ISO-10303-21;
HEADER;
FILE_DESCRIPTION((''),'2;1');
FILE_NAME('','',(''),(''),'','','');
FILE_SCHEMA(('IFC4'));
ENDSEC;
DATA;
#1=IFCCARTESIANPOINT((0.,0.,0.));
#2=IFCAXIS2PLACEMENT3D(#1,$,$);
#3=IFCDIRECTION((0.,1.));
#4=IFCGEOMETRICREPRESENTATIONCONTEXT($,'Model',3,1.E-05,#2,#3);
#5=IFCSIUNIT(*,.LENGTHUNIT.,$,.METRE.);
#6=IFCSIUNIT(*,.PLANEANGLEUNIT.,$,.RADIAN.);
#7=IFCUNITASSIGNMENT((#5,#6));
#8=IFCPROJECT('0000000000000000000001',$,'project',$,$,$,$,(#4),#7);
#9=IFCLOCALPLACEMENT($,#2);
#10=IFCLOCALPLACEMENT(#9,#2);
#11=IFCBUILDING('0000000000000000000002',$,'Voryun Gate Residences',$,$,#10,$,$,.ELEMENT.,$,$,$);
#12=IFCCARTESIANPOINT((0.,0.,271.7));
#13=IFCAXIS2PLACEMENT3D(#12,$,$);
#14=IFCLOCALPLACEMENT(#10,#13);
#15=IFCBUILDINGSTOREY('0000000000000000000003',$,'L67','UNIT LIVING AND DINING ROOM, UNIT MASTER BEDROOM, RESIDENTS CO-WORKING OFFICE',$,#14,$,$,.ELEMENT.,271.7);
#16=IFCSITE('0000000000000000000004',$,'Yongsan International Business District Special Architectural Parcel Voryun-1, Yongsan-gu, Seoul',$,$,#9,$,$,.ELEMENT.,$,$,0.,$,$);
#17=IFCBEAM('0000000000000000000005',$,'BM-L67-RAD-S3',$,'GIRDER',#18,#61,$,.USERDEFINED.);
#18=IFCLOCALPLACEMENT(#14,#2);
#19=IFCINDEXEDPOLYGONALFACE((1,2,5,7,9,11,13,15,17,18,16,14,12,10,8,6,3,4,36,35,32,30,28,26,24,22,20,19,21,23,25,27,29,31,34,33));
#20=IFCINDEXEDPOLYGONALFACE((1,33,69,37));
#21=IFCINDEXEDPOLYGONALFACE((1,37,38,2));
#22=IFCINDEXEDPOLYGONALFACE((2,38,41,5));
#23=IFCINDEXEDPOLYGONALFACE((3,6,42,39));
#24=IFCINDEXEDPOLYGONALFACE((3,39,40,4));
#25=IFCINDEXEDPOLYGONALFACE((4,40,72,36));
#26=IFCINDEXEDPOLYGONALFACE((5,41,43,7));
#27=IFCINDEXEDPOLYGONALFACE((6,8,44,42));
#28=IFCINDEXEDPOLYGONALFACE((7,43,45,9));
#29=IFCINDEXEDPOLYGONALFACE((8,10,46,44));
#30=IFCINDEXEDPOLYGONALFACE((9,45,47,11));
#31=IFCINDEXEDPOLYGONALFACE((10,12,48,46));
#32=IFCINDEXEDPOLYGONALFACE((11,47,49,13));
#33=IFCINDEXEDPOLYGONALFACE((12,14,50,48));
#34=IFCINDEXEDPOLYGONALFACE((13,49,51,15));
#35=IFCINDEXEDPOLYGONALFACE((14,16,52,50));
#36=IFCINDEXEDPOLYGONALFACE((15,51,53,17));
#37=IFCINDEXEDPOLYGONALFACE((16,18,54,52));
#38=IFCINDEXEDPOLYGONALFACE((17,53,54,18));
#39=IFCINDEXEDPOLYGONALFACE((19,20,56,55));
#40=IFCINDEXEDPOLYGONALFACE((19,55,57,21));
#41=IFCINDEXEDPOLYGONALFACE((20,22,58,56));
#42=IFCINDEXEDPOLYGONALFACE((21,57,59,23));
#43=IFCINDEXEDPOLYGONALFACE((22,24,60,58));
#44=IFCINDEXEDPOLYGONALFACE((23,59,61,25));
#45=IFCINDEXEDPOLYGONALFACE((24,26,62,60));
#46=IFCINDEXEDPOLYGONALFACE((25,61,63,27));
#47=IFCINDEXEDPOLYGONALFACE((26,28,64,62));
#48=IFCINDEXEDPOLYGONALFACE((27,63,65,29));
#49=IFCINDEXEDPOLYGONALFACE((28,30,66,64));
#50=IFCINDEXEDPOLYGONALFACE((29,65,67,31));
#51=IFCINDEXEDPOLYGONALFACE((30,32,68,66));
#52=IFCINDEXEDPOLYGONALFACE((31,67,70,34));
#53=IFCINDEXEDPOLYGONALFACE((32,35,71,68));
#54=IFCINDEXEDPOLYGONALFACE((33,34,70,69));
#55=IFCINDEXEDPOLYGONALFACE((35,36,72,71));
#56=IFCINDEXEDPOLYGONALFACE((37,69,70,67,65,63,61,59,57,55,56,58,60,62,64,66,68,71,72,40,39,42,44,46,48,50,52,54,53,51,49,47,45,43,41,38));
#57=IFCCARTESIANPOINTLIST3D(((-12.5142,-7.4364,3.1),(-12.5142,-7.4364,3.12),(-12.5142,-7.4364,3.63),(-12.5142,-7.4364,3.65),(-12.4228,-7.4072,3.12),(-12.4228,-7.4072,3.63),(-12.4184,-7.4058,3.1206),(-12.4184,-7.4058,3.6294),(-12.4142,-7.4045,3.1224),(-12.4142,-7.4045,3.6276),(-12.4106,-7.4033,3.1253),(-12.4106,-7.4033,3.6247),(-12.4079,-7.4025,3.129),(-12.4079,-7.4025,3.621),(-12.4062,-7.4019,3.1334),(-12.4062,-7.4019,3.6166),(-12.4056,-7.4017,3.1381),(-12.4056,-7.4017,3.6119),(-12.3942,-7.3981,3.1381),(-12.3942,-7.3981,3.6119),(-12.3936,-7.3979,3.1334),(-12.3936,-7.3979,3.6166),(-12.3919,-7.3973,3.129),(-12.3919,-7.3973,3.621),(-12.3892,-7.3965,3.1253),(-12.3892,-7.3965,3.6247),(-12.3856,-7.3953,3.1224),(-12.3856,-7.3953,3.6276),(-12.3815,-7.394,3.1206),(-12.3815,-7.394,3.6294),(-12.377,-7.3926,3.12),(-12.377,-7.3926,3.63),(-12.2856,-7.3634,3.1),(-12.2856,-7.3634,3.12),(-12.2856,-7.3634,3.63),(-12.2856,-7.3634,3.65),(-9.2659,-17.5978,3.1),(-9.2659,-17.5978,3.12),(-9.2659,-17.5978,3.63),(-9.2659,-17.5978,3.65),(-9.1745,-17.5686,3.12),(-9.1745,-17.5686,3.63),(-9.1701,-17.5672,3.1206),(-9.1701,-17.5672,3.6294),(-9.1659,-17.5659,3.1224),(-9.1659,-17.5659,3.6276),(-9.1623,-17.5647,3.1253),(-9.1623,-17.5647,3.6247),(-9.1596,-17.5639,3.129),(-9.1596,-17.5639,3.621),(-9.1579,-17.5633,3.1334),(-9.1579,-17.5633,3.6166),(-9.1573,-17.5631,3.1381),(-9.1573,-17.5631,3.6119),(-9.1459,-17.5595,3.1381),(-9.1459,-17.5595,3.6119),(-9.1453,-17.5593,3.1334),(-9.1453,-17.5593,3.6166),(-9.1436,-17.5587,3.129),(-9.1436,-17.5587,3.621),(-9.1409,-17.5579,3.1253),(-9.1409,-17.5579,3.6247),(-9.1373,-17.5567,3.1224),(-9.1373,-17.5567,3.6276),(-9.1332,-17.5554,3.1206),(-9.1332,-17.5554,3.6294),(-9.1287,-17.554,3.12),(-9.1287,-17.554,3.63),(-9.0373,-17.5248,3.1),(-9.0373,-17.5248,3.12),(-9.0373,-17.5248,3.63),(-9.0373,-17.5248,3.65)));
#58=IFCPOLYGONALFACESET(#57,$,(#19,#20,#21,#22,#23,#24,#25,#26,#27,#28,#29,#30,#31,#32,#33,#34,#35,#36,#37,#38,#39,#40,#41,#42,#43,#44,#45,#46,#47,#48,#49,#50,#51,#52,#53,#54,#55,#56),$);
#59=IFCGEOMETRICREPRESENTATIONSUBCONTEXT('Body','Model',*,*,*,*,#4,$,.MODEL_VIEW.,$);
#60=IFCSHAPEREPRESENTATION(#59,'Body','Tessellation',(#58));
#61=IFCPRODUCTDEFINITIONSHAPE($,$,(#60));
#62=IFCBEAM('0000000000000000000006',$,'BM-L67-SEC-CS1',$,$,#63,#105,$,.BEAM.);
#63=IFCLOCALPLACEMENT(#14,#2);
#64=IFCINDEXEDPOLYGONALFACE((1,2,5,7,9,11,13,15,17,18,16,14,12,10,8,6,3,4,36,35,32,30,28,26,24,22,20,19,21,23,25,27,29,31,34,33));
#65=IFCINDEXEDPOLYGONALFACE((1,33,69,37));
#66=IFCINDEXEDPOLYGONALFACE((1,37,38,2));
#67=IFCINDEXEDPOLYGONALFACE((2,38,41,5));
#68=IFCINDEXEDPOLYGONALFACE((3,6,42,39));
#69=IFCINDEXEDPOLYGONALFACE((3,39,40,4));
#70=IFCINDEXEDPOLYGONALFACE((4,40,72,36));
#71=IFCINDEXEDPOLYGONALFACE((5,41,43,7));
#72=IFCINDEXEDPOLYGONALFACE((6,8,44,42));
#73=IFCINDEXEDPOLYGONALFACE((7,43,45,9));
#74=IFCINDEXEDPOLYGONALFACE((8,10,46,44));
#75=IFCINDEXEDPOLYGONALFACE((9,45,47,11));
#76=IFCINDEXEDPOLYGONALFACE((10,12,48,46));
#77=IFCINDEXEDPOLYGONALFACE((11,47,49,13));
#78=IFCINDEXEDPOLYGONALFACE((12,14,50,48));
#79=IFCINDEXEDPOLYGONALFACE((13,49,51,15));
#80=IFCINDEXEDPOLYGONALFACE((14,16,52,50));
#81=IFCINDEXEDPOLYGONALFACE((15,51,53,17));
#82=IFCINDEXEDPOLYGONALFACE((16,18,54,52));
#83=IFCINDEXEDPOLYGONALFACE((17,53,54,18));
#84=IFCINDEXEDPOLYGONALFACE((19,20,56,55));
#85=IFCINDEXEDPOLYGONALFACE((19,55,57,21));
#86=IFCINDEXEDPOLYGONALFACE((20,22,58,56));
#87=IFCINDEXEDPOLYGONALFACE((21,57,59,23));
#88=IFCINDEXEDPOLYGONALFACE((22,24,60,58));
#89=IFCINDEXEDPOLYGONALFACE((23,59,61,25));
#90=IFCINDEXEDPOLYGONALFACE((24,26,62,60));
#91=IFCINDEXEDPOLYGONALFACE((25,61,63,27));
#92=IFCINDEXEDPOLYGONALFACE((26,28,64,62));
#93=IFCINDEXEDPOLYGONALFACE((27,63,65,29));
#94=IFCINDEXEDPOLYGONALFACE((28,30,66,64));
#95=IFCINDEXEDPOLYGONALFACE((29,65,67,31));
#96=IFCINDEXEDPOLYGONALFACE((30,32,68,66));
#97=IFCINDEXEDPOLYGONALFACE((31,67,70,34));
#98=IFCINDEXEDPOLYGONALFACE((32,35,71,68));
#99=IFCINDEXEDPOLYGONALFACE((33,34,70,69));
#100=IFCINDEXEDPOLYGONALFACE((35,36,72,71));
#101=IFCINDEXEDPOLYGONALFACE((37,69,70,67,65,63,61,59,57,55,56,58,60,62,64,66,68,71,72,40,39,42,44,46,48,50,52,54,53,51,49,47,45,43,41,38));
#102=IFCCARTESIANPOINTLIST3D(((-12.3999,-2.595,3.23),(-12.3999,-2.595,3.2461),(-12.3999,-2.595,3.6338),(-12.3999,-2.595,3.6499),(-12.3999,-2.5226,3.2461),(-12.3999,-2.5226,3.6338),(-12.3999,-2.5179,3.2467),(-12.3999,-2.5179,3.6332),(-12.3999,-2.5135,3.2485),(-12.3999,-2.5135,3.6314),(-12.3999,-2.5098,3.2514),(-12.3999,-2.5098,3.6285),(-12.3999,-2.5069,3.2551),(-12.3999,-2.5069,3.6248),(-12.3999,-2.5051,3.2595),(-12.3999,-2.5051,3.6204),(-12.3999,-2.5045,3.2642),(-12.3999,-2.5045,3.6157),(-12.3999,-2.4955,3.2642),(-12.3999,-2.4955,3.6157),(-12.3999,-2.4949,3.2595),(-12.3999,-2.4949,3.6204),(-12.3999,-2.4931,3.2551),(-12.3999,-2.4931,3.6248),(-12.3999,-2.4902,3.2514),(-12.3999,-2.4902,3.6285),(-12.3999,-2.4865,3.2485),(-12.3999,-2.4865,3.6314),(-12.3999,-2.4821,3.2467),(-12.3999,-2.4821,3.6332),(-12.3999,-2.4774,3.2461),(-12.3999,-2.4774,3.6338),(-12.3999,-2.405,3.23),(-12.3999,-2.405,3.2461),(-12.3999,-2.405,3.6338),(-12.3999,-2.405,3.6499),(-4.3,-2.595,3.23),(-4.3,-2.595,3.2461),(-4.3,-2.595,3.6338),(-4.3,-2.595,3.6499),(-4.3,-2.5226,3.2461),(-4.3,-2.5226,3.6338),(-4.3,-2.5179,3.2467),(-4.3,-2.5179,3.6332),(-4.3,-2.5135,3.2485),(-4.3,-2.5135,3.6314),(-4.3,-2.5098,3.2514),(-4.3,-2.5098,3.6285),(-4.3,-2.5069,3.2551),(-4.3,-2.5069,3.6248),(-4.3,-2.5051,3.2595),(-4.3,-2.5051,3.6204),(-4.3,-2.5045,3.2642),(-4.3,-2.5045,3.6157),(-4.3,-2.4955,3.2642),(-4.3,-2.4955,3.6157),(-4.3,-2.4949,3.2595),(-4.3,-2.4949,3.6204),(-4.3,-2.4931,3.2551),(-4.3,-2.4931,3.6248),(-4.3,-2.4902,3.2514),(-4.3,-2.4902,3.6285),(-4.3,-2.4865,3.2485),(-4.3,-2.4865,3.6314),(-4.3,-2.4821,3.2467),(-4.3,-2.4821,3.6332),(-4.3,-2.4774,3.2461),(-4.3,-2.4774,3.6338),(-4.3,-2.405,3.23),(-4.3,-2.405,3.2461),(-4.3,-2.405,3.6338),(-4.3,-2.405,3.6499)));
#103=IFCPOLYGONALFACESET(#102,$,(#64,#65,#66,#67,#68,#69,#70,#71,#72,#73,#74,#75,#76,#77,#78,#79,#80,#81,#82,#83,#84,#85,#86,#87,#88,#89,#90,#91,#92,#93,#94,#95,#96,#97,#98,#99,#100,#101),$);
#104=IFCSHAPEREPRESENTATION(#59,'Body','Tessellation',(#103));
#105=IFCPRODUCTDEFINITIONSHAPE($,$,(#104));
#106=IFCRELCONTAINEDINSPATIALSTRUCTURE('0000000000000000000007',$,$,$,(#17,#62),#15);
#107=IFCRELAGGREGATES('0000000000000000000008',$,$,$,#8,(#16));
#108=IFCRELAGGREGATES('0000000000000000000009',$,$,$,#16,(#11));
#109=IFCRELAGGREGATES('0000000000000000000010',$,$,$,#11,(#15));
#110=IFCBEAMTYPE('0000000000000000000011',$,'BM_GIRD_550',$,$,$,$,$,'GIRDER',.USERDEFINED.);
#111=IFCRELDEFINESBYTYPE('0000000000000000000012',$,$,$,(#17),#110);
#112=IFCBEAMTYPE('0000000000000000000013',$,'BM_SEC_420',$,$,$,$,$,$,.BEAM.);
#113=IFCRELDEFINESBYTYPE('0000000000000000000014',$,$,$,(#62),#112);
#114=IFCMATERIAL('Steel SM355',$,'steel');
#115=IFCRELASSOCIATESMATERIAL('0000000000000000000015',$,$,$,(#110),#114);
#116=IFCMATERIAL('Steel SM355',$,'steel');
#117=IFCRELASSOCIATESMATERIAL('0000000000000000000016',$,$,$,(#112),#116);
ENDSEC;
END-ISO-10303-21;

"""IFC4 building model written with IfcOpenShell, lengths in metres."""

from ifc_helpers import new_model, si_unit, direction, frame, origin, origin_2d, place, context, subcontext, project, spatial, i_section, extrude, material, material_profile, profile_set, type_object, element, save


model = new_model("IFC4")

# Units and contexts
model_context = context("Model", 3, precision=1e-05, world=origin(), true_north=direction((0.0, 1.0)))
body_context = subcontext(model_context, "Body", "Model", "MODEL_VIEW")
ifc_project = project(units=[si_unit("LENGTHUNIT", "METRE"), si_unit("PLANEANGLEUNIT", "RADIAN")], contexts=[model_context])

# Site, building, storey
site_placement = place(None, origin())
site = spatial("IfcSite", under=ifc_project, at=site_placement, Name="Yongsan International Business District Special Architectural Parcel Voryun-1, Yongsan-gu, Seoul", CompositionType="ELEMENT", RefElevation=0.0)
building_placement = place(site_placement, origin())
building = spatial("IfcBuilding", under=site, at=building_placement, Name="Voryun Gate Residences", CompositionType="ELEMENT")
storey_placement = place(building_placement, frame((0.0, 0.0, 271.7)))
storey = spatial("IfcBuildingStorey", under=building, at=storey_placement, Name="L67", Description="UNIT LIVING AND DINING ROOM, UNIT MASTER BEDROOM, RESIDENTS CO-WORKING OFFICE", CompositionType="ELEMENT", Elevation=271.7)

# Beams
ifc_material_1 = material(Name="Steel SM355", Category="steel")
ifc_material_profile_1 = material_profile(ifc_material_1, i_section(OverallWidth=0.24, OverallDepth=0.55, WebThickness=0.012, FlangeThickness=0.02, FilletRadius=0.0181, at=origin_2d()), Name="H-550x240x12x20")
ifc_profile_set_1 = profile_set([ifc_material_profile_1], Name="Steel SM355")
beam_type_1 = type_object("IfcBeamType", Name="BM_GIRD_550", ElementType="GIRDER", PredefinedType="USERDEFINED", material=ifc_profile_set_1)
beam_1_placement = place(storey_placement, frame((-12.3999, -7.3999, 3.375), z_axis=(0.304491, -0.952515, 0.0), x_axis=(0.952515, 0.304491, 0.0)))
element("IfcBeam", 1, at=beam_1_placement, inside=storey, type_object=beam_type_1, Name="BM-L67-RAD-S3", ObjectType="GIRDER", PredefinedType="USERDEFINED", context=body_context, shape_type="SweptSolid", body=[
    extrude(i_section(OverallWidth=0.24, OverallDepth=0.55, WebThickness=0.012, FlangeThickness=0.02, FilletRadius=0.0181, at=origin_2d()), origin(), (0.0, 0.0, 1.0), 10.668),
])
ifc_material_2 = material(Name="Steel SM355", Category="steel")
ifc_material_profile_2 = material_profile(ifc_material_2, i_section(OverallWidth=0.1899, OverallDepth=0.4199, WebThickness=0.009, FlangeThickness=0.0161, FilletRadius=0.0181, at=origin_2d()), Name="H-420x190x9x16")
ifc_profile_set_2 = profile_set([ifc_material_profile_2], Name="Steel SM355")
beam_type_2 = type_object("IfcBeamType", Name="BM_SEC_420", PredefinedType="BEAM", material=ifc_profile_set_2)
beam_2_placement = place(storey_placement, frame((-12.3999, -2.5, 3.4399), z_axis=(1.0, 0.0, 0.0), x_axis=(0.0, 1.0, 0.0)))
element("IfcBeam", 2, at=beam_2_placement, inside=storey, type_object=beam_type_2, Name="BM-L67-SEC-CS1", PredefinedType="BEAM", context=body_context, shape_type="SweptSolid", body=[
    extrude(i_section(OverallWidth=0.1899, OverallDepth=0.4199, WebThickness=0.009, FlangeThickness=0.0161, FilletRadius=0.0181, at=origin_2d()), origin(), (0.0, 0.0, 1.0), 8.0999),
])

save(model, "model.ifc")
